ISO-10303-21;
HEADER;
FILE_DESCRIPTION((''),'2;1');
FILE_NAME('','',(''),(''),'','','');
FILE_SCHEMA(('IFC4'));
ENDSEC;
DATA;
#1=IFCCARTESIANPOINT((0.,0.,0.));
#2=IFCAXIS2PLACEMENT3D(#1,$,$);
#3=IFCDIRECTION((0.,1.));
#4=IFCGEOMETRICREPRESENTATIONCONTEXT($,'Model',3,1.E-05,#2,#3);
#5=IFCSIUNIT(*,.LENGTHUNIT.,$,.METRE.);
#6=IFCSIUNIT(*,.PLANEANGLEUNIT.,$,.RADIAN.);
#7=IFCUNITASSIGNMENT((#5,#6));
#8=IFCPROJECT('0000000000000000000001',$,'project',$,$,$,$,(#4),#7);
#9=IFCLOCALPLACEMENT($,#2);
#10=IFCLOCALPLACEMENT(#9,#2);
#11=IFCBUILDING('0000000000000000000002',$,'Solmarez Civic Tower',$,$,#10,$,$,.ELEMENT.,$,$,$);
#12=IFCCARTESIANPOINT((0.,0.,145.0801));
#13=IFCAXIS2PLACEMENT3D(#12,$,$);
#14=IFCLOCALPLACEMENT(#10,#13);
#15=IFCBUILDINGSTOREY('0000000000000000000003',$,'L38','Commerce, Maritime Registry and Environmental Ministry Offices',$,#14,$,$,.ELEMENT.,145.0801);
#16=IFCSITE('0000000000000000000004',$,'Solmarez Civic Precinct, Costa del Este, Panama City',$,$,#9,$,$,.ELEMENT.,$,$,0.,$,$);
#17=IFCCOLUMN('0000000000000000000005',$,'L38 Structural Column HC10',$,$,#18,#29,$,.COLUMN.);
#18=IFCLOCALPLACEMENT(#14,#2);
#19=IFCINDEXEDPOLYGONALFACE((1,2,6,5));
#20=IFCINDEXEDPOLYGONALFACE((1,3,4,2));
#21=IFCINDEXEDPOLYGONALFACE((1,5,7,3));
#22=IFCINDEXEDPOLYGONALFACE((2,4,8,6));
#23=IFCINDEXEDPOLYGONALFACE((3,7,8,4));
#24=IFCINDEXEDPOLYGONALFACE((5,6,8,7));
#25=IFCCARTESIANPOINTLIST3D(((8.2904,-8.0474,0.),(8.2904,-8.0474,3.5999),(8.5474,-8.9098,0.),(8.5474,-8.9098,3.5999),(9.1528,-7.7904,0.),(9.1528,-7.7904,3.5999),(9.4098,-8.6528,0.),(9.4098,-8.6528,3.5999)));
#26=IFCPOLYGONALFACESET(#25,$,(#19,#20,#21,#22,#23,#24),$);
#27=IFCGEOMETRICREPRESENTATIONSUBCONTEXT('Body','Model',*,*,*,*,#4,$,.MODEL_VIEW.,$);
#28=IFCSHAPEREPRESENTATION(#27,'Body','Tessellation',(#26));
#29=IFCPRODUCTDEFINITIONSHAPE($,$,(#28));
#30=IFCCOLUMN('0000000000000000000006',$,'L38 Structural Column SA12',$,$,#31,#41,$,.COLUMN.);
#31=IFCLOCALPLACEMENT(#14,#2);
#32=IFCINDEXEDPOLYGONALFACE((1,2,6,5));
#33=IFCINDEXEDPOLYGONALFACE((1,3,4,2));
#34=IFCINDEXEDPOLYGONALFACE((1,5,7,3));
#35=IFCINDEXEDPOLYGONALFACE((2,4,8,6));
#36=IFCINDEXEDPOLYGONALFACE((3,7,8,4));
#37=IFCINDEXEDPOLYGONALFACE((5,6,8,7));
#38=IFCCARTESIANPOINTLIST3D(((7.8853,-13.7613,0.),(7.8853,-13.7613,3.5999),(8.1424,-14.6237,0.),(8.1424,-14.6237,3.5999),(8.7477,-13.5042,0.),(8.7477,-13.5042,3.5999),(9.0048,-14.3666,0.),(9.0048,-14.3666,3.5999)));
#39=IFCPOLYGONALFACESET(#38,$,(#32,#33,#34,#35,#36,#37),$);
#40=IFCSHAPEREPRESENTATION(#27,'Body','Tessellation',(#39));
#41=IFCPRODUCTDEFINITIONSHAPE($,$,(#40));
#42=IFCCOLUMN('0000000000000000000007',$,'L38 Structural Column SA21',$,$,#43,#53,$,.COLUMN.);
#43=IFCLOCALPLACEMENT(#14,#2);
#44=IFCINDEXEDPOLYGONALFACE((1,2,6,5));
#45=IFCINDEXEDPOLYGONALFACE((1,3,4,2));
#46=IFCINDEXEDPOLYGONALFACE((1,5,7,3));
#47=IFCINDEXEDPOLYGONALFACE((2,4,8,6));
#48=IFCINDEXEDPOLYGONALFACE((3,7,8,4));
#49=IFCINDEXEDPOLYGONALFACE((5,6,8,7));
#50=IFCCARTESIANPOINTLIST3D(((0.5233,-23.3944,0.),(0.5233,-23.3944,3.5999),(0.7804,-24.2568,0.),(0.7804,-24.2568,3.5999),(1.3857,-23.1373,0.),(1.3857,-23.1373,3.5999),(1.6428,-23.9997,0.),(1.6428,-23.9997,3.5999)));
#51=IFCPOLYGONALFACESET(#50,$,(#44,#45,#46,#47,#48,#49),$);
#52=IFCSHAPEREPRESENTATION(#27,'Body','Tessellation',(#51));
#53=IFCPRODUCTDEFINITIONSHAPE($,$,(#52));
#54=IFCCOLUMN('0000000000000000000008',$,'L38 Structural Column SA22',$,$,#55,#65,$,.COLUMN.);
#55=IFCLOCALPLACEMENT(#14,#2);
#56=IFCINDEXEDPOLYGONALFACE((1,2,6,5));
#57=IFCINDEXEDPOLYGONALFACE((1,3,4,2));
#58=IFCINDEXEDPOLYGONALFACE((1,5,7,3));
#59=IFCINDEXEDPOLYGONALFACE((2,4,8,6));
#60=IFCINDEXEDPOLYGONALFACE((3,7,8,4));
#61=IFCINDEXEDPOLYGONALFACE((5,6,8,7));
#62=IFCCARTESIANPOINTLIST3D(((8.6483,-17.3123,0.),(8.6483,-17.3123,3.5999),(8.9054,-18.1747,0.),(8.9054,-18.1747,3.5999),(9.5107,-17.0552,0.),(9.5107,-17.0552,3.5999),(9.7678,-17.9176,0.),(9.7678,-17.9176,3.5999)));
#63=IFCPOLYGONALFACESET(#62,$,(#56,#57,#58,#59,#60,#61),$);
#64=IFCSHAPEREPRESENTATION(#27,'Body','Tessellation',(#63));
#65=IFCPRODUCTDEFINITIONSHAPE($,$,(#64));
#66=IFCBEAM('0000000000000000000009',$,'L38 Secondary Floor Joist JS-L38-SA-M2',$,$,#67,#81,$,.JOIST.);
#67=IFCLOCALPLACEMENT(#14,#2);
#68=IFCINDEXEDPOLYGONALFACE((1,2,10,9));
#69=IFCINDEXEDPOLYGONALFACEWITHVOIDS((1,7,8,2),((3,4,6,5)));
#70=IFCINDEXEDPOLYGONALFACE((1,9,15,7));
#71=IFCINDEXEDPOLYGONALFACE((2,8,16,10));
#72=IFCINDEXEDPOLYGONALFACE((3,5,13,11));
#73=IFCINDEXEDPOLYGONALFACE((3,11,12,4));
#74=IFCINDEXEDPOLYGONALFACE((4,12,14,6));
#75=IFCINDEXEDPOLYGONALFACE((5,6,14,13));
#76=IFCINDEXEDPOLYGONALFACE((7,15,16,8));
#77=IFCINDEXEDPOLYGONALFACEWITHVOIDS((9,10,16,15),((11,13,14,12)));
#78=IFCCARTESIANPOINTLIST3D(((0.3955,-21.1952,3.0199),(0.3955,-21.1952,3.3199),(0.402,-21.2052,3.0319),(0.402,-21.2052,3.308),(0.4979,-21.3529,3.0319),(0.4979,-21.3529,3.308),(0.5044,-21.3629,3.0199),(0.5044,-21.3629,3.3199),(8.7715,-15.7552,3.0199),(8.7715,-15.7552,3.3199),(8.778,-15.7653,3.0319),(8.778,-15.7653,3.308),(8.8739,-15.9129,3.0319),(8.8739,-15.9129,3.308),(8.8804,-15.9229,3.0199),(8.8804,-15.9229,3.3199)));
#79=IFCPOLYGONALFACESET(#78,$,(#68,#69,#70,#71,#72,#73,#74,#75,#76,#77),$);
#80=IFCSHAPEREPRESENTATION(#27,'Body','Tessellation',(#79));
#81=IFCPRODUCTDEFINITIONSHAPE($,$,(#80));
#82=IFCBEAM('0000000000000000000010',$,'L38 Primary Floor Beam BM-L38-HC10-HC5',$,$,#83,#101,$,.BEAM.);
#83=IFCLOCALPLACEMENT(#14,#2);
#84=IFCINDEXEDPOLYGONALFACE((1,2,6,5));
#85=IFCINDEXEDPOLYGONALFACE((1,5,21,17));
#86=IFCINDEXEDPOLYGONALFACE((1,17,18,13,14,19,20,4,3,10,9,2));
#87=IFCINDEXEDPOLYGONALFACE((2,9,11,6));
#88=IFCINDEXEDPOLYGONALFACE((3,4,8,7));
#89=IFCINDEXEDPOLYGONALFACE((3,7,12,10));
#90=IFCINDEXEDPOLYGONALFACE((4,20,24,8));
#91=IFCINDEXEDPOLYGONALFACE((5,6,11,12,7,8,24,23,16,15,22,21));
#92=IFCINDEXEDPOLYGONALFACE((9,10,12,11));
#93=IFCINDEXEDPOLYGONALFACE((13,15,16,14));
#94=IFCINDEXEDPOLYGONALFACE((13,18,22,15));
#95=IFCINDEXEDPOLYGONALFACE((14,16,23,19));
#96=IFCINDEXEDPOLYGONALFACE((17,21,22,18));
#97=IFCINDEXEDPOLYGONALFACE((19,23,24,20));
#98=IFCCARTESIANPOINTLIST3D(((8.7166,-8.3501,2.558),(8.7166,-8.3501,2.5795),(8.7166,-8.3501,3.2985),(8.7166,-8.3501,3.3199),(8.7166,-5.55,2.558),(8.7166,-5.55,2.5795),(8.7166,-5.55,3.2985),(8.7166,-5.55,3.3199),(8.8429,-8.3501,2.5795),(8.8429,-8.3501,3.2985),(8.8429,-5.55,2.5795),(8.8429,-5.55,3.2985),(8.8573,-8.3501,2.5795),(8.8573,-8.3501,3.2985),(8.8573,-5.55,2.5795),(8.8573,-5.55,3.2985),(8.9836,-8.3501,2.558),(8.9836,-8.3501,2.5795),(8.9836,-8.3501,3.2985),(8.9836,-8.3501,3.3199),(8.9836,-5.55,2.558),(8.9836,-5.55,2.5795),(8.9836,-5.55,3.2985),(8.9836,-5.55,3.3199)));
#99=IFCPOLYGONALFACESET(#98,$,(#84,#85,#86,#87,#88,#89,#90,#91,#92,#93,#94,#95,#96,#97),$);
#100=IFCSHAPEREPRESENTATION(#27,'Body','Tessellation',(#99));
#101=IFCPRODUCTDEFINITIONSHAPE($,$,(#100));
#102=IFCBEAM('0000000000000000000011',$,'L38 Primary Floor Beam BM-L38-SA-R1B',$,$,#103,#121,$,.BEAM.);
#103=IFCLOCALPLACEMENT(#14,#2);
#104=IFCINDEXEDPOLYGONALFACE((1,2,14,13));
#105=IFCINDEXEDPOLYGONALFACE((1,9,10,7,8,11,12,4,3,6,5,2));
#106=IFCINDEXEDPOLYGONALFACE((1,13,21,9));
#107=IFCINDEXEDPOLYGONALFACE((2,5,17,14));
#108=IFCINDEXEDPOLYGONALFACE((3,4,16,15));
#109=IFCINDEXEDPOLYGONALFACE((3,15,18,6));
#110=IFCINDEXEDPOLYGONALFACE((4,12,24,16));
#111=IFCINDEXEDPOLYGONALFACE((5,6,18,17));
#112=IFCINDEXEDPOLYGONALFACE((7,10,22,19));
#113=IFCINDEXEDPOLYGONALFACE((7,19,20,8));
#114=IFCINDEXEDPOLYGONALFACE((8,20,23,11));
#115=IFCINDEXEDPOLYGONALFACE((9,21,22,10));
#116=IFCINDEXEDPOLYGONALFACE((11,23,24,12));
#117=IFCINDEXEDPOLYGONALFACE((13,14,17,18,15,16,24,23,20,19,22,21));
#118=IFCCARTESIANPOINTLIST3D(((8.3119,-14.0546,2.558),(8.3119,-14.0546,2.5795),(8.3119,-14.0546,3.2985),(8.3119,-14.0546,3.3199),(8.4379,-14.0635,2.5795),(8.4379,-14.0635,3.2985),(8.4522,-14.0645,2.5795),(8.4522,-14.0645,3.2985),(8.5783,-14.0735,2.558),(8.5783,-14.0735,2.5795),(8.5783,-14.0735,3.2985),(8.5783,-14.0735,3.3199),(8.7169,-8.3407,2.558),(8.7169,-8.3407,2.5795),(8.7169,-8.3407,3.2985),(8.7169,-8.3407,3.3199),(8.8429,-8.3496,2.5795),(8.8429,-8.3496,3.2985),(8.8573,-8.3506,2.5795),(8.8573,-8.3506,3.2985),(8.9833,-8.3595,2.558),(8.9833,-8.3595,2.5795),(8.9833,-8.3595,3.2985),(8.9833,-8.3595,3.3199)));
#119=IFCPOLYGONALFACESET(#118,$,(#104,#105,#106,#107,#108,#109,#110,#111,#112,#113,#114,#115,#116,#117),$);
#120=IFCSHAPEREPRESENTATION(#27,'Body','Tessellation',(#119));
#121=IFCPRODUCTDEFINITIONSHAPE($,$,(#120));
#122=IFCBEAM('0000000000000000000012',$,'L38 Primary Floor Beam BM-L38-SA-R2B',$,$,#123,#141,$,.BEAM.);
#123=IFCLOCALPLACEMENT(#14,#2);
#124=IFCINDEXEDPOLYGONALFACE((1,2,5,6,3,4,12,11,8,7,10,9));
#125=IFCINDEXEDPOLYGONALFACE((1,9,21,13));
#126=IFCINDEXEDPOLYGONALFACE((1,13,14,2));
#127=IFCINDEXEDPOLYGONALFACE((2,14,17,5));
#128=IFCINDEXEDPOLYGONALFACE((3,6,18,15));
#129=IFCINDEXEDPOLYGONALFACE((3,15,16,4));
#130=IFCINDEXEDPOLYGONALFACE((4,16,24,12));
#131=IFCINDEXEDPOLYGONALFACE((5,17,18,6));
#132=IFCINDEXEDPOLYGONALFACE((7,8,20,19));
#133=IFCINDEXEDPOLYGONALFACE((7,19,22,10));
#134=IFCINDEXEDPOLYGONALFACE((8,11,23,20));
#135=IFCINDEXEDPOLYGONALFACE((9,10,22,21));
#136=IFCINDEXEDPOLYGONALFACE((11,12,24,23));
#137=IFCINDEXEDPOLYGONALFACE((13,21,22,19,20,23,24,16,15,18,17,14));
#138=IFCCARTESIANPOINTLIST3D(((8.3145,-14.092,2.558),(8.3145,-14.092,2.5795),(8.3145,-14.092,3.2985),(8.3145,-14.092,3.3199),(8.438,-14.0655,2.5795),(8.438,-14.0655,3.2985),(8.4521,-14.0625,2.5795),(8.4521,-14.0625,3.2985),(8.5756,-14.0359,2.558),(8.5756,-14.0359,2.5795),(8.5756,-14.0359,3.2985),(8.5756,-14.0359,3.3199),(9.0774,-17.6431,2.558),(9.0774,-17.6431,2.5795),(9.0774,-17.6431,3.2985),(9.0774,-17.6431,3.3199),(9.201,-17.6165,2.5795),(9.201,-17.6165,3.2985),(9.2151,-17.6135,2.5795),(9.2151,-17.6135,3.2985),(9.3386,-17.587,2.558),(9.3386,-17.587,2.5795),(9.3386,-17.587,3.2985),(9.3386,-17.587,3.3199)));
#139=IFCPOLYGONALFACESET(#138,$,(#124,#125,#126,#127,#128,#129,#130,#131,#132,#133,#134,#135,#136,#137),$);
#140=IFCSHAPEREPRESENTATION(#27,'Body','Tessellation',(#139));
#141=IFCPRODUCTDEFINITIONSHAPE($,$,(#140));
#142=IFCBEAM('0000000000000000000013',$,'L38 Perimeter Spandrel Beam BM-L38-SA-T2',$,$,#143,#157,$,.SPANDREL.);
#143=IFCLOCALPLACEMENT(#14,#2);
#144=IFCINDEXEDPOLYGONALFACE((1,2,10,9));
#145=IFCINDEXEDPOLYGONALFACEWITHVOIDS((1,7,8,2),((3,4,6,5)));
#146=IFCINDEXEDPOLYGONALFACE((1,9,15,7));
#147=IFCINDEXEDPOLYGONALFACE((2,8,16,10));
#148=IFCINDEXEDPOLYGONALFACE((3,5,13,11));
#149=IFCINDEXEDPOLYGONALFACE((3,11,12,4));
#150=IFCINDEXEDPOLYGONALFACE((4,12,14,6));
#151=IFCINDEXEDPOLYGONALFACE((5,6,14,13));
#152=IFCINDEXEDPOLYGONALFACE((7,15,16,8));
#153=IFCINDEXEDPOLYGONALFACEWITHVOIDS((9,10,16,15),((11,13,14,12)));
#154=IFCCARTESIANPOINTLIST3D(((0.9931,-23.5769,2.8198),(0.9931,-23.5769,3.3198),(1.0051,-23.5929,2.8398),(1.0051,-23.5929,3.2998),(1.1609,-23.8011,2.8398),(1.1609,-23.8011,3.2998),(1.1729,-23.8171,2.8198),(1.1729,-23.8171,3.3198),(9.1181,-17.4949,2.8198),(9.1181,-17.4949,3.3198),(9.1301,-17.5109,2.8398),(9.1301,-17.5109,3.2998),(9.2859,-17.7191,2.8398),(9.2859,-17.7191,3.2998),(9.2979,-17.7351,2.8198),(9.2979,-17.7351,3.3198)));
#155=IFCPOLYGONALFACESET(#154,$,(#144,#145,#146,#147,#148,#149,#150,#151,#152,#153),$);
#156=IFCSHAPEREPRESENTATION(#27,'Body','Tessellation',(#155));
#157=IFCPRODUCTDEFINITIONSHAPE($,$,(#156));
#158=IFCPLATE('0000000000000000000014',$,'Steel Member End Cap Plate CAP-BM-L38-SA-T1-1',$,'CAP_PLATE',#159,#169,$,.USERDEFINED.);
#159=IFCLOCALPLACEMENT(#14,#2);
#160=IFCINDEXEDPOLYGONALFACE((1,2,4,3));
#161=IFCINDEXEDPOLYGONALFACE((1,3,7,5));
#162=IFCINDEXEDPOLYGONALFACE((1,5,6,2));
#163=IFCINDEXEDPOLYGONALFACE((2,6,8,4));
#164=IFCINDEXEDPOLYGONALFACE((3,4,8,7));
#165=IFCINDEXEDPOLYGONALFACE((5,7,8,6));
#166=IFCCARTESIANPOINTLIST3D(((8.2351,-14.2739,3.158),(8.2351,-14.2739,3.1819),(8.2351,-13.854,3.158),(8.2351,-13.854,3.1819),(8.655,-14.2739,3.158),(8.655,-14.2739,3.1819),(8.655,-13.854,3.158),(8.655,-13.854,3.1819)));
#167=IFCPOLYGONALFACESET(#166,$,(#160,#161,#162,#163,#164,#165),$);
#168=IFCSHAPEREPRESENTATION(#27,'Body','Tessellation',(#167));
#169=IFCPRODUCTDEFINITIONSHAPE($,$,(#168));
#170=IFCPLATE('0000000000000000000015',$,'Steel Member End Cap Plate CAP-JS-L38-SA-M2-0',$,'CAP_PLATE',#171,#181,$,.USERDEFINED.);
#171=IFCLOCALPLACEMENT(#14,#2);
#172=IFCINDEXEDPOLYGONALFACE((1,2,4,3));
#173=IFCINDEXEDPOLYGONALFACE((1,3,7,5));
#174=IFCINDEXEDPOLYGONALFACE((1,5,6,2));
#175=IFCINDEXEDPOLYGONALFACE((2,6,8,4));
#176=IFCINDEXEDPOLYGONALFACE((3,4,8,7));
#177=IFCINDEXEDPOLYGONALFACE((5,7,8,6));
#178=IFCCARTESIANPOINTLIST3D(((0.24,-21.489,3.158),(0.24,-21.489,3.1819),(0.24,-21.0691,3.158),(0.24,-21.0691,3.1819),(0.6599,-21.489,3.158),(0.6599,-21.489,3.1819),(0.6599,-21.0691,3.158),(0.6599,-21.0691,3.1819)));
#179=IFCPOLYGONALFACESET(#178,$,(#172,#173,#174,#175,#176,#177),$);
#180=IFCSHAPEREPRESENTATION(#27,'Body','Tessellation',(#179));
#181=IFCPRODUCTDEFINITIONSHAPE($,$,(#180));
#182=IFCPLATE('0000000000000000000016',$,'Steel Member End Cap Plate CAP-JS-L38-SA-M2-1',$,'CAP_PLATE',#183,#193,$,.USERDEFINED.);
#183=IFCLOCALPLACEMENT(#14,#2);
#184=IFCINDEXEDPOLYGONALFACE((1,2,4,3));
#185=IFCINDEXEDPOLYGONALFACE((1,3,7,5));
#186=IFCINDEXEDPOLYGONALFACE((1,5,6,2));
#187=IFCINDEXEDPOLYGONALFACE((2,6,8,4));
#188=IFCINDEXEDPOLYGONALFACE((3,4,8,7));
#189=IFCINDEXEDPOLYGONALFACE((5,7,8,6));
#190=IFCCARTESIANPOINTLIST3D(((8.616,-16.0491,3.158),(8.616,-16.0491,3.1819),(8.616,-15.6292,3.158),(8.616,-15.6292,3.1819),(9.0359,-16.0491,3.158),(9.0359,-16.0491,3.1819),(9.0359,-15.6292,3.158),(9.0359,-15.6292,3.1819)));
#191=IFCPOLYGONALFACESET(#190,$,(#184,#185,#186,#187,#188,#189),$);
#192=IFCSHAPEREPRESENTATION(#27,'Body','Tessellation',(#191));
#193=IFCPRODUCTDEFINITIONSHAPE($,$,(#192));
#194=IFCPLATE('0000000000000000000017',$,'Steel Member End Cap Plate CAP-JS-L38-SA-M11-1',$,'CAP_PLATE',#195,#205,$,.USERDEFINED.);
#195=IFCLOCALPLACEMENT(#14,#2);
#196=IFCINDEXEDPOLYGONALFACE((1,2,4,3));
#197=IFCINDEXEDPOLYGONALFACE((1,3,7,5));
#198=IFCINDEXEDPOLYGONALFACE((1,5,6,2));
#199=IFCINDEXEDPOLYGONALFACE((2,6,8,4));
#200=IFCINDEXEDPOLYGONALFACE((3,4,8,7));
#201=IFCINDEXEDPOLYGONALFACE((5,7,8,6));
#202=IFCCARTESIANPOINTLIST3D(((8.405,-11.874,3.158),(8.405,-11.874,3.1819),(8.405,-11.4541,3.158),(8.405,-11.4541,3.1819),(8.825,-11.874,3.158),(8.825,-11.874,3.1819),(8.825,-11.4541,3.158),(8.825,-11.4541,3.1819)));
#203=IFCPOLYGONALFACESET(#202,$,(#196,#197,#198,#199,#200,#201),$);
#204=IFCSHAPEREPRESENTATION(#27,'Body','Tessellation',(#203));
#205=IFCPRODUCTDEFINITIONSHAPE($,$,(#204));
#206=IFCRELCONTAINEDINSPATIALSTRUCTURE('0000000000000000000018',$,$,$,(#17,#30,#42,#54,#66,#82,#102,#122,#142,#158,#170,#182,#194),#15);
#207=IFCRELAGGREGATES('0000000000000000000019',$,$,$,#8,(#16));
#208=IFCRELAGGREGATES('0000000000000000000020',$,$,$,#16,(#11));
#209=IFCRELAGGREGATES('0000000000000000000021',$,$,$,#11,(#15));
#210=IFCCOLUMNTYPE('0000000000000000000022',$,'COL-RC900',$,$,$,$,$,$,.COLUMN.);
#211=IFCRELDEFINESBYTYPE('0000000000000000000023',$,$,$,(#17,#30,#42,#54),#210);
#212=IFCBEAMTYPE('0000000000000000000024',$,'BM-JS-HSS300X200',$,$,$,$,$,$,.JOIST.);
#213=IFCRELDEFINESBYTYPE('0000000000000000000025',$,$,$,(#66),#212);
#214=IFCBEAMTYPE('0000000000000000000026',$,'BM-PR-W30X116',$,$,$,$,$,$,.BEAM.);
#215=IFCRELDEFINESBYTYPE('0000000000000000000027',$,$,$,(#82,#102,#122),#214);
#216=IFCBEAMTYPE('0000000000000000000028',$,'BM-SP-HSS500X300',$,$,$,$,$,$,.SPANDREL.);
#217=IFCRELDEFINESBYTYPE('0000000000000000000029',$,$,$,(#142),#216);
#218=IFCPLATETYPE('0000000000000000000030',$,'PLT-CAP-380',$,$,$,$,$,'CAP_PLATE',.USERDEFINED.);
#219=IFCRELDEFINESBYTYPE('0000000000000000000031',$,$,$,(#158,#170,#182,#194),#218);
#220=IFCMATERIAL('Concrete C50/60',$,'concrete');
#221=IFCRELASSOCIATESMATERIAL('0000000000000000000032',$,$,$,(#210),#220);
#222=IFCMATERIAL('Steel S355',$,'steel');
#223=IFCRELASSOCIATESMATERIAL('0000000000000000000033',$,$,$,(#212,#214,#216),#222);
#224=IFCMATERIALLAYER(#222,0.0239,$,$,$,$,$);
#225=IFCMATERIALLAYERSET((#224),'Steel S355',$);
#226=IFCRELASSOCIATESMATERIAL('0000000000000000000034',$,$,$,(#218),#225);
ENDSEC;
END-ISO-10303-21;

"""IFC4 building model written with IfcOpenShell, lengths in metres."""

from ifc_helpers import new_model, si_unit, direction, frame, origin, origin_2d, place, context, subcontext, project, spatial, rectangle, hollow_rectangle, i_section, extrude, material, layer, layer_set, material_profile, profile_set, type_object, element, save


model = new_model("IFC4")

# Units and contexts
model_context = context("Model", 3, precision=1e-05, world=origin(), true_north=direction((0.0, 1.0)))
body_context = subcontext(model_context, "Body", "Model", "MODEL_VIEW")
ifc_project = project(units=[si_unit("LENGTHUNIT", "METRE"), si_unit("PLANEANGLEUNIT", "RADIAN")], contexts=[model_context])

# Site, building, storey
site_placement = place(None, origin())
site = spatial("IfcSite", under=ifc_project, at=site_placement, Name="Solmarez Civic Precinct, Costa del Este, Panama City", CompositionType="ELEMENT", RefElevation=0.0)
building_placement = place(site_placement, origin())
building = spatial("IfcBuilding", under=site, at=building_placement, Name="Solmarez Civic Tower", CompositionType="ELEMENT")
storey_placement = place(building_placement, frame((0.0, 0.0, 145.0801)))
storey = spatial("IfcBuildingStorey", under=building, at=storey_placement, Name="L38", Description="Commerce, Maritime Registry and Environmental Ministry Offices", CompositionType="ELEMENT", Elevation=145.0801)

# Columns
ifc_material_1 = material(Name="Concrete C50/60", Category="concrete")
ifc_material_profile_1 = material_profile(ifc_material_1, rectangle(XDim=0.8999, YDim=0.8999, at=origin_2d()), Name="RC900X900")
ifc_profile_set_1 = profile_set([ifc_material_profile_1], Name="Concrete C50/60")
column_type = type_object("IfcColumnType", Name="COL-RC900", PredefinedType="COLUMN", material=ifc_profile_set_1)
for number, where, z_axis, x_axis, name in (
    (1, (8.8501, -8.3501, 0.0), (0.0, 0.0, 1.0), (0.958323, 0.285688, 0.0), "L38 Structural Column HC10"),
    (2, (8.4451, -14.064, 0.0), (0.0, 0.0, 1.0), (0.958323, 0.285688, 0.0), "L38 Structural Column SA12"),
    (3, (1.083, -23.697, 0.0), (0.0, 0.0, 1.0), (0.958323, 0.285688, 0.0), "L38 Structural Column SA21"),
    (4, (9.208, -17.615, 0.0), (0.0, 0.0, 1.0), (0.958323, 0.285688, 0.0), "L38 Structural Column SA22"),
):
    element("IfcColumn", number, at=place(storey_placement, frame(where, z_axis=z_axis, x_axis=x_axis)), inside=storey, type_object=column_type, Name=name, PredefinedType="COLUMN", context=body_context, shape_type="SweptSolid", body=[
        extrude(rectangle(XDim=0.8999, YDim=0.8999, at=origin_2d()), origin(), (0.0, 0.0, 1.0), 3.5999),
    ])

# Beams
ifc_material_2 = material(Name="Steel S355", Category="steel")
ifc_material_profile_2 = material_profile(ifc_material_2, hollow_rectangle(XDim=0.2, YDim=0.3, WallThickness=0.012, at=origin_2d()), Name="HSS300X200X12")
ifc_profile_set_2 = profile_set([ifc_material_profile_2], Name="Steel S355")
beam_type_1 = type_object("IfcBeamType", Name="BM-JS-HSS300X200", PredefinedType="JOIST", material=ifc_profile_set_2)
beam_1_placement = place(storey_placement, frame((0.45, -21.2791, 3.1699), z_axis=(0.838647, 0.544676, 0.0), x_axis=(-0.544676, 0.838647, 0.0)))
element("IfcBeam", 5, at=beam_1_placement, inside=storey, type_object=beam_type_1, Name="L38 Secondary Floor Joist JS-L38-SA-M2", PredefinedType="JOIST", context=body_context, shape_type="SweptSolid", body=[
    extrude(hollow_rectangle(XDim=0.2, YDim=0.3, WallThickness=0.012, at=origin_2d()), origin(), (0.0, 0.0, 1.0), 9.9875),
])
ifc_material_profile_3 = material_profile(ifc_material_2, i_section(OverallWidth=0.2671, OverallDepth=0.762, WebThickness=0.0144, FlangeThickness=0.0215, at=origin_2d()), Name="W30X116")
ifc_profile_set_3 = profile_set([ifc_material_profile_3], Name="Steel S355")
beam_type_2 = type_object("IfcBeamType", Name="BM-PR-W30X116", PredefinedType="BEAM", material=ifc_profile_set_3)
beam_2_placement = place(storey_placement, frame((8.8501, -8.3501, 2.939), z_axis=(0.0, 1.0, 0.0), x_axis=(-1.0, 0.0, 0.0)))
element("IfcBeam", 6, at=beam_2_placement, inside=storey, type_object=beam_type_2, Name="L38 Primary Floor Beam BM-L38-HC10-HC5", PredefinedType="BEAM", context=body_context, shape_type="SweptSolid", body=[
    extrude(i_section(OverallWidth=0.2671, OverallDepth=0.762, WebThickness=0.0144, FlangeThickness=0.0215, at=origin_2d()), origin(), (0.0, 0.0, 1.0), 2.8),
])
beam_3_placement = place(storey_placement, frame((8.8501, -8.3501, 2.939), z_axis=(-0.070708, -0.997497, 0.0), x_axis=(0.997497, -0.070708, 0.0)))
element("IfcBeam", 7, at=beam_3_placement, inside=storey, type_object=beam_type_2, Name="L38 Primary Floor Beam BM-L38-SA-R1B", PredefinedType="BEAM", context=body_context, shape_type="SweptSolid", body=[
    extrude(i_section(OverallWidth=0.2671, OverallDepth=0.762, WebThickness=0.0144, FlangeThickness=0.0215, at=origin_2d()), origin(), (0.0, 0.0, 1.0), 5.7283),
])
beam_4_placement = place(storey_placement, frame((8.4451, -14.064, 2.939), z_axis=(0.210057, -0.977689, 0.0), x_axis=(0.977689, 0.210057, 0.0)))
element("IfcBeam", 8, at=beam_4_placement, inside=storey, type_object=beam_type_2, Name="L38 Primary Floor Beam BM-L38-SA-R2B", PredefinedType="BEAM", context=body_context, shape_type="SweptSolid", body=[
    extrude(i_section(OverallWidth=0.2671, OverallDepth=0.762, WebThickness=0.0144, FlangeThickness=0.0215, at=origin_2d()), origin(), (0.0, 0.0, 1.0), 3.6321),
])
ifc_material_profile_4 = material_profile(ifc_material_2, hollow_rectangle(XDim=0.3, YDim=0.5, WallThickness=0.02, at=origin_2d()), Name="HSS500X300X20")
ifc_profile_set_4 = profile_set([ifc_material_profile_4], Name="Steel S355")
beam_type_3 = type_object("IfcBeamType", Name="BM-SP-HSS500X300", PredefinedType="SPANDREL", material=ifc_profile_set_4)
beam_5_placement = place(storey_placement, frame((1.083, -23.697, 3.0698), z_axis=(0.800554, 0.599261, 0.0), x_axis=(-0.599261, 0.800554, 0.0)))
element("IfcBeam", 9, at=beam_5_placement, inside=storey, type_object=beam_type_3, Name="L38 Perimeter Spandrel Beam BM-L38-SA-T2", PredefinedType="SPANDREL", context=body_context, shape_type="SweptSolid", body=[
    extrude(hollow_rectangle(XDim=0.3, YDim=0.5, WallThickness=0.02, at=origin_2d()), origin(), (0.0, 0.0, 1.0), 10.1492),
])

# Plates
ifc_layer_1 = layer(ifc_material_2, 0.0239)
ifc_layer_set_1 = layer_set([ifc_layer_1], Name="Steel S355")
plate_type_1 = type_object("IfcPlateType", Name="PLT-CAP-380", ElementType="CAP_PLATE", PredefinedType="USERDEFINED", material=ifc_layer_set_1)
for number, where, z_axis, x_axis, name in (
    (10, (8.4451, -14.064, 3.158), (0.0, 0.0, 1.0), (1.0, 0.0, 0.0), "Steel Member End Cap Plate CAP-BM-L38-SA-T1-1"),
    (11, (0.45, -21.2791, 3.158), (0.0, 0.0, 1.0), (1.0, 0.0, 0.0), "Steel Member End Cap Plate CAP-JS-L38-SA-M2-0"),
    (12, (8.8259, -15.8391, 3.158), (0.0, 0.0, 1.0), (1.0, 0.0, 0.0), "Steel Member End Cap Plate CAP-JS-L38-SA-M2-1"),
    (13, (8.615, -11.6641, 3.158), (0.0, 0.0, 1.0), (1.0, 0.0, 0.0), "Steel Member End Cap Plate CAP-JS-L38-SA-M11-1"),
):
    element("IfcPlate", number, at=place(storey_placement, frame(where, z_axis=z_axis, x_axis=x_axis)), inside=storey, type_object=plate_type_1, Name=name, ObjectType="CAP_PLATE", PredefinedType="USERDEFINED", context=body_context, shape_type="SweptSolid", body=[
        extrude(rectangle(XDim=0.4199, YDim=0.4199, at=origin_2d()), origin(), (0.0, 0.0, 1.0), 0.0239),
    ])

save(model, "model.ifc")
